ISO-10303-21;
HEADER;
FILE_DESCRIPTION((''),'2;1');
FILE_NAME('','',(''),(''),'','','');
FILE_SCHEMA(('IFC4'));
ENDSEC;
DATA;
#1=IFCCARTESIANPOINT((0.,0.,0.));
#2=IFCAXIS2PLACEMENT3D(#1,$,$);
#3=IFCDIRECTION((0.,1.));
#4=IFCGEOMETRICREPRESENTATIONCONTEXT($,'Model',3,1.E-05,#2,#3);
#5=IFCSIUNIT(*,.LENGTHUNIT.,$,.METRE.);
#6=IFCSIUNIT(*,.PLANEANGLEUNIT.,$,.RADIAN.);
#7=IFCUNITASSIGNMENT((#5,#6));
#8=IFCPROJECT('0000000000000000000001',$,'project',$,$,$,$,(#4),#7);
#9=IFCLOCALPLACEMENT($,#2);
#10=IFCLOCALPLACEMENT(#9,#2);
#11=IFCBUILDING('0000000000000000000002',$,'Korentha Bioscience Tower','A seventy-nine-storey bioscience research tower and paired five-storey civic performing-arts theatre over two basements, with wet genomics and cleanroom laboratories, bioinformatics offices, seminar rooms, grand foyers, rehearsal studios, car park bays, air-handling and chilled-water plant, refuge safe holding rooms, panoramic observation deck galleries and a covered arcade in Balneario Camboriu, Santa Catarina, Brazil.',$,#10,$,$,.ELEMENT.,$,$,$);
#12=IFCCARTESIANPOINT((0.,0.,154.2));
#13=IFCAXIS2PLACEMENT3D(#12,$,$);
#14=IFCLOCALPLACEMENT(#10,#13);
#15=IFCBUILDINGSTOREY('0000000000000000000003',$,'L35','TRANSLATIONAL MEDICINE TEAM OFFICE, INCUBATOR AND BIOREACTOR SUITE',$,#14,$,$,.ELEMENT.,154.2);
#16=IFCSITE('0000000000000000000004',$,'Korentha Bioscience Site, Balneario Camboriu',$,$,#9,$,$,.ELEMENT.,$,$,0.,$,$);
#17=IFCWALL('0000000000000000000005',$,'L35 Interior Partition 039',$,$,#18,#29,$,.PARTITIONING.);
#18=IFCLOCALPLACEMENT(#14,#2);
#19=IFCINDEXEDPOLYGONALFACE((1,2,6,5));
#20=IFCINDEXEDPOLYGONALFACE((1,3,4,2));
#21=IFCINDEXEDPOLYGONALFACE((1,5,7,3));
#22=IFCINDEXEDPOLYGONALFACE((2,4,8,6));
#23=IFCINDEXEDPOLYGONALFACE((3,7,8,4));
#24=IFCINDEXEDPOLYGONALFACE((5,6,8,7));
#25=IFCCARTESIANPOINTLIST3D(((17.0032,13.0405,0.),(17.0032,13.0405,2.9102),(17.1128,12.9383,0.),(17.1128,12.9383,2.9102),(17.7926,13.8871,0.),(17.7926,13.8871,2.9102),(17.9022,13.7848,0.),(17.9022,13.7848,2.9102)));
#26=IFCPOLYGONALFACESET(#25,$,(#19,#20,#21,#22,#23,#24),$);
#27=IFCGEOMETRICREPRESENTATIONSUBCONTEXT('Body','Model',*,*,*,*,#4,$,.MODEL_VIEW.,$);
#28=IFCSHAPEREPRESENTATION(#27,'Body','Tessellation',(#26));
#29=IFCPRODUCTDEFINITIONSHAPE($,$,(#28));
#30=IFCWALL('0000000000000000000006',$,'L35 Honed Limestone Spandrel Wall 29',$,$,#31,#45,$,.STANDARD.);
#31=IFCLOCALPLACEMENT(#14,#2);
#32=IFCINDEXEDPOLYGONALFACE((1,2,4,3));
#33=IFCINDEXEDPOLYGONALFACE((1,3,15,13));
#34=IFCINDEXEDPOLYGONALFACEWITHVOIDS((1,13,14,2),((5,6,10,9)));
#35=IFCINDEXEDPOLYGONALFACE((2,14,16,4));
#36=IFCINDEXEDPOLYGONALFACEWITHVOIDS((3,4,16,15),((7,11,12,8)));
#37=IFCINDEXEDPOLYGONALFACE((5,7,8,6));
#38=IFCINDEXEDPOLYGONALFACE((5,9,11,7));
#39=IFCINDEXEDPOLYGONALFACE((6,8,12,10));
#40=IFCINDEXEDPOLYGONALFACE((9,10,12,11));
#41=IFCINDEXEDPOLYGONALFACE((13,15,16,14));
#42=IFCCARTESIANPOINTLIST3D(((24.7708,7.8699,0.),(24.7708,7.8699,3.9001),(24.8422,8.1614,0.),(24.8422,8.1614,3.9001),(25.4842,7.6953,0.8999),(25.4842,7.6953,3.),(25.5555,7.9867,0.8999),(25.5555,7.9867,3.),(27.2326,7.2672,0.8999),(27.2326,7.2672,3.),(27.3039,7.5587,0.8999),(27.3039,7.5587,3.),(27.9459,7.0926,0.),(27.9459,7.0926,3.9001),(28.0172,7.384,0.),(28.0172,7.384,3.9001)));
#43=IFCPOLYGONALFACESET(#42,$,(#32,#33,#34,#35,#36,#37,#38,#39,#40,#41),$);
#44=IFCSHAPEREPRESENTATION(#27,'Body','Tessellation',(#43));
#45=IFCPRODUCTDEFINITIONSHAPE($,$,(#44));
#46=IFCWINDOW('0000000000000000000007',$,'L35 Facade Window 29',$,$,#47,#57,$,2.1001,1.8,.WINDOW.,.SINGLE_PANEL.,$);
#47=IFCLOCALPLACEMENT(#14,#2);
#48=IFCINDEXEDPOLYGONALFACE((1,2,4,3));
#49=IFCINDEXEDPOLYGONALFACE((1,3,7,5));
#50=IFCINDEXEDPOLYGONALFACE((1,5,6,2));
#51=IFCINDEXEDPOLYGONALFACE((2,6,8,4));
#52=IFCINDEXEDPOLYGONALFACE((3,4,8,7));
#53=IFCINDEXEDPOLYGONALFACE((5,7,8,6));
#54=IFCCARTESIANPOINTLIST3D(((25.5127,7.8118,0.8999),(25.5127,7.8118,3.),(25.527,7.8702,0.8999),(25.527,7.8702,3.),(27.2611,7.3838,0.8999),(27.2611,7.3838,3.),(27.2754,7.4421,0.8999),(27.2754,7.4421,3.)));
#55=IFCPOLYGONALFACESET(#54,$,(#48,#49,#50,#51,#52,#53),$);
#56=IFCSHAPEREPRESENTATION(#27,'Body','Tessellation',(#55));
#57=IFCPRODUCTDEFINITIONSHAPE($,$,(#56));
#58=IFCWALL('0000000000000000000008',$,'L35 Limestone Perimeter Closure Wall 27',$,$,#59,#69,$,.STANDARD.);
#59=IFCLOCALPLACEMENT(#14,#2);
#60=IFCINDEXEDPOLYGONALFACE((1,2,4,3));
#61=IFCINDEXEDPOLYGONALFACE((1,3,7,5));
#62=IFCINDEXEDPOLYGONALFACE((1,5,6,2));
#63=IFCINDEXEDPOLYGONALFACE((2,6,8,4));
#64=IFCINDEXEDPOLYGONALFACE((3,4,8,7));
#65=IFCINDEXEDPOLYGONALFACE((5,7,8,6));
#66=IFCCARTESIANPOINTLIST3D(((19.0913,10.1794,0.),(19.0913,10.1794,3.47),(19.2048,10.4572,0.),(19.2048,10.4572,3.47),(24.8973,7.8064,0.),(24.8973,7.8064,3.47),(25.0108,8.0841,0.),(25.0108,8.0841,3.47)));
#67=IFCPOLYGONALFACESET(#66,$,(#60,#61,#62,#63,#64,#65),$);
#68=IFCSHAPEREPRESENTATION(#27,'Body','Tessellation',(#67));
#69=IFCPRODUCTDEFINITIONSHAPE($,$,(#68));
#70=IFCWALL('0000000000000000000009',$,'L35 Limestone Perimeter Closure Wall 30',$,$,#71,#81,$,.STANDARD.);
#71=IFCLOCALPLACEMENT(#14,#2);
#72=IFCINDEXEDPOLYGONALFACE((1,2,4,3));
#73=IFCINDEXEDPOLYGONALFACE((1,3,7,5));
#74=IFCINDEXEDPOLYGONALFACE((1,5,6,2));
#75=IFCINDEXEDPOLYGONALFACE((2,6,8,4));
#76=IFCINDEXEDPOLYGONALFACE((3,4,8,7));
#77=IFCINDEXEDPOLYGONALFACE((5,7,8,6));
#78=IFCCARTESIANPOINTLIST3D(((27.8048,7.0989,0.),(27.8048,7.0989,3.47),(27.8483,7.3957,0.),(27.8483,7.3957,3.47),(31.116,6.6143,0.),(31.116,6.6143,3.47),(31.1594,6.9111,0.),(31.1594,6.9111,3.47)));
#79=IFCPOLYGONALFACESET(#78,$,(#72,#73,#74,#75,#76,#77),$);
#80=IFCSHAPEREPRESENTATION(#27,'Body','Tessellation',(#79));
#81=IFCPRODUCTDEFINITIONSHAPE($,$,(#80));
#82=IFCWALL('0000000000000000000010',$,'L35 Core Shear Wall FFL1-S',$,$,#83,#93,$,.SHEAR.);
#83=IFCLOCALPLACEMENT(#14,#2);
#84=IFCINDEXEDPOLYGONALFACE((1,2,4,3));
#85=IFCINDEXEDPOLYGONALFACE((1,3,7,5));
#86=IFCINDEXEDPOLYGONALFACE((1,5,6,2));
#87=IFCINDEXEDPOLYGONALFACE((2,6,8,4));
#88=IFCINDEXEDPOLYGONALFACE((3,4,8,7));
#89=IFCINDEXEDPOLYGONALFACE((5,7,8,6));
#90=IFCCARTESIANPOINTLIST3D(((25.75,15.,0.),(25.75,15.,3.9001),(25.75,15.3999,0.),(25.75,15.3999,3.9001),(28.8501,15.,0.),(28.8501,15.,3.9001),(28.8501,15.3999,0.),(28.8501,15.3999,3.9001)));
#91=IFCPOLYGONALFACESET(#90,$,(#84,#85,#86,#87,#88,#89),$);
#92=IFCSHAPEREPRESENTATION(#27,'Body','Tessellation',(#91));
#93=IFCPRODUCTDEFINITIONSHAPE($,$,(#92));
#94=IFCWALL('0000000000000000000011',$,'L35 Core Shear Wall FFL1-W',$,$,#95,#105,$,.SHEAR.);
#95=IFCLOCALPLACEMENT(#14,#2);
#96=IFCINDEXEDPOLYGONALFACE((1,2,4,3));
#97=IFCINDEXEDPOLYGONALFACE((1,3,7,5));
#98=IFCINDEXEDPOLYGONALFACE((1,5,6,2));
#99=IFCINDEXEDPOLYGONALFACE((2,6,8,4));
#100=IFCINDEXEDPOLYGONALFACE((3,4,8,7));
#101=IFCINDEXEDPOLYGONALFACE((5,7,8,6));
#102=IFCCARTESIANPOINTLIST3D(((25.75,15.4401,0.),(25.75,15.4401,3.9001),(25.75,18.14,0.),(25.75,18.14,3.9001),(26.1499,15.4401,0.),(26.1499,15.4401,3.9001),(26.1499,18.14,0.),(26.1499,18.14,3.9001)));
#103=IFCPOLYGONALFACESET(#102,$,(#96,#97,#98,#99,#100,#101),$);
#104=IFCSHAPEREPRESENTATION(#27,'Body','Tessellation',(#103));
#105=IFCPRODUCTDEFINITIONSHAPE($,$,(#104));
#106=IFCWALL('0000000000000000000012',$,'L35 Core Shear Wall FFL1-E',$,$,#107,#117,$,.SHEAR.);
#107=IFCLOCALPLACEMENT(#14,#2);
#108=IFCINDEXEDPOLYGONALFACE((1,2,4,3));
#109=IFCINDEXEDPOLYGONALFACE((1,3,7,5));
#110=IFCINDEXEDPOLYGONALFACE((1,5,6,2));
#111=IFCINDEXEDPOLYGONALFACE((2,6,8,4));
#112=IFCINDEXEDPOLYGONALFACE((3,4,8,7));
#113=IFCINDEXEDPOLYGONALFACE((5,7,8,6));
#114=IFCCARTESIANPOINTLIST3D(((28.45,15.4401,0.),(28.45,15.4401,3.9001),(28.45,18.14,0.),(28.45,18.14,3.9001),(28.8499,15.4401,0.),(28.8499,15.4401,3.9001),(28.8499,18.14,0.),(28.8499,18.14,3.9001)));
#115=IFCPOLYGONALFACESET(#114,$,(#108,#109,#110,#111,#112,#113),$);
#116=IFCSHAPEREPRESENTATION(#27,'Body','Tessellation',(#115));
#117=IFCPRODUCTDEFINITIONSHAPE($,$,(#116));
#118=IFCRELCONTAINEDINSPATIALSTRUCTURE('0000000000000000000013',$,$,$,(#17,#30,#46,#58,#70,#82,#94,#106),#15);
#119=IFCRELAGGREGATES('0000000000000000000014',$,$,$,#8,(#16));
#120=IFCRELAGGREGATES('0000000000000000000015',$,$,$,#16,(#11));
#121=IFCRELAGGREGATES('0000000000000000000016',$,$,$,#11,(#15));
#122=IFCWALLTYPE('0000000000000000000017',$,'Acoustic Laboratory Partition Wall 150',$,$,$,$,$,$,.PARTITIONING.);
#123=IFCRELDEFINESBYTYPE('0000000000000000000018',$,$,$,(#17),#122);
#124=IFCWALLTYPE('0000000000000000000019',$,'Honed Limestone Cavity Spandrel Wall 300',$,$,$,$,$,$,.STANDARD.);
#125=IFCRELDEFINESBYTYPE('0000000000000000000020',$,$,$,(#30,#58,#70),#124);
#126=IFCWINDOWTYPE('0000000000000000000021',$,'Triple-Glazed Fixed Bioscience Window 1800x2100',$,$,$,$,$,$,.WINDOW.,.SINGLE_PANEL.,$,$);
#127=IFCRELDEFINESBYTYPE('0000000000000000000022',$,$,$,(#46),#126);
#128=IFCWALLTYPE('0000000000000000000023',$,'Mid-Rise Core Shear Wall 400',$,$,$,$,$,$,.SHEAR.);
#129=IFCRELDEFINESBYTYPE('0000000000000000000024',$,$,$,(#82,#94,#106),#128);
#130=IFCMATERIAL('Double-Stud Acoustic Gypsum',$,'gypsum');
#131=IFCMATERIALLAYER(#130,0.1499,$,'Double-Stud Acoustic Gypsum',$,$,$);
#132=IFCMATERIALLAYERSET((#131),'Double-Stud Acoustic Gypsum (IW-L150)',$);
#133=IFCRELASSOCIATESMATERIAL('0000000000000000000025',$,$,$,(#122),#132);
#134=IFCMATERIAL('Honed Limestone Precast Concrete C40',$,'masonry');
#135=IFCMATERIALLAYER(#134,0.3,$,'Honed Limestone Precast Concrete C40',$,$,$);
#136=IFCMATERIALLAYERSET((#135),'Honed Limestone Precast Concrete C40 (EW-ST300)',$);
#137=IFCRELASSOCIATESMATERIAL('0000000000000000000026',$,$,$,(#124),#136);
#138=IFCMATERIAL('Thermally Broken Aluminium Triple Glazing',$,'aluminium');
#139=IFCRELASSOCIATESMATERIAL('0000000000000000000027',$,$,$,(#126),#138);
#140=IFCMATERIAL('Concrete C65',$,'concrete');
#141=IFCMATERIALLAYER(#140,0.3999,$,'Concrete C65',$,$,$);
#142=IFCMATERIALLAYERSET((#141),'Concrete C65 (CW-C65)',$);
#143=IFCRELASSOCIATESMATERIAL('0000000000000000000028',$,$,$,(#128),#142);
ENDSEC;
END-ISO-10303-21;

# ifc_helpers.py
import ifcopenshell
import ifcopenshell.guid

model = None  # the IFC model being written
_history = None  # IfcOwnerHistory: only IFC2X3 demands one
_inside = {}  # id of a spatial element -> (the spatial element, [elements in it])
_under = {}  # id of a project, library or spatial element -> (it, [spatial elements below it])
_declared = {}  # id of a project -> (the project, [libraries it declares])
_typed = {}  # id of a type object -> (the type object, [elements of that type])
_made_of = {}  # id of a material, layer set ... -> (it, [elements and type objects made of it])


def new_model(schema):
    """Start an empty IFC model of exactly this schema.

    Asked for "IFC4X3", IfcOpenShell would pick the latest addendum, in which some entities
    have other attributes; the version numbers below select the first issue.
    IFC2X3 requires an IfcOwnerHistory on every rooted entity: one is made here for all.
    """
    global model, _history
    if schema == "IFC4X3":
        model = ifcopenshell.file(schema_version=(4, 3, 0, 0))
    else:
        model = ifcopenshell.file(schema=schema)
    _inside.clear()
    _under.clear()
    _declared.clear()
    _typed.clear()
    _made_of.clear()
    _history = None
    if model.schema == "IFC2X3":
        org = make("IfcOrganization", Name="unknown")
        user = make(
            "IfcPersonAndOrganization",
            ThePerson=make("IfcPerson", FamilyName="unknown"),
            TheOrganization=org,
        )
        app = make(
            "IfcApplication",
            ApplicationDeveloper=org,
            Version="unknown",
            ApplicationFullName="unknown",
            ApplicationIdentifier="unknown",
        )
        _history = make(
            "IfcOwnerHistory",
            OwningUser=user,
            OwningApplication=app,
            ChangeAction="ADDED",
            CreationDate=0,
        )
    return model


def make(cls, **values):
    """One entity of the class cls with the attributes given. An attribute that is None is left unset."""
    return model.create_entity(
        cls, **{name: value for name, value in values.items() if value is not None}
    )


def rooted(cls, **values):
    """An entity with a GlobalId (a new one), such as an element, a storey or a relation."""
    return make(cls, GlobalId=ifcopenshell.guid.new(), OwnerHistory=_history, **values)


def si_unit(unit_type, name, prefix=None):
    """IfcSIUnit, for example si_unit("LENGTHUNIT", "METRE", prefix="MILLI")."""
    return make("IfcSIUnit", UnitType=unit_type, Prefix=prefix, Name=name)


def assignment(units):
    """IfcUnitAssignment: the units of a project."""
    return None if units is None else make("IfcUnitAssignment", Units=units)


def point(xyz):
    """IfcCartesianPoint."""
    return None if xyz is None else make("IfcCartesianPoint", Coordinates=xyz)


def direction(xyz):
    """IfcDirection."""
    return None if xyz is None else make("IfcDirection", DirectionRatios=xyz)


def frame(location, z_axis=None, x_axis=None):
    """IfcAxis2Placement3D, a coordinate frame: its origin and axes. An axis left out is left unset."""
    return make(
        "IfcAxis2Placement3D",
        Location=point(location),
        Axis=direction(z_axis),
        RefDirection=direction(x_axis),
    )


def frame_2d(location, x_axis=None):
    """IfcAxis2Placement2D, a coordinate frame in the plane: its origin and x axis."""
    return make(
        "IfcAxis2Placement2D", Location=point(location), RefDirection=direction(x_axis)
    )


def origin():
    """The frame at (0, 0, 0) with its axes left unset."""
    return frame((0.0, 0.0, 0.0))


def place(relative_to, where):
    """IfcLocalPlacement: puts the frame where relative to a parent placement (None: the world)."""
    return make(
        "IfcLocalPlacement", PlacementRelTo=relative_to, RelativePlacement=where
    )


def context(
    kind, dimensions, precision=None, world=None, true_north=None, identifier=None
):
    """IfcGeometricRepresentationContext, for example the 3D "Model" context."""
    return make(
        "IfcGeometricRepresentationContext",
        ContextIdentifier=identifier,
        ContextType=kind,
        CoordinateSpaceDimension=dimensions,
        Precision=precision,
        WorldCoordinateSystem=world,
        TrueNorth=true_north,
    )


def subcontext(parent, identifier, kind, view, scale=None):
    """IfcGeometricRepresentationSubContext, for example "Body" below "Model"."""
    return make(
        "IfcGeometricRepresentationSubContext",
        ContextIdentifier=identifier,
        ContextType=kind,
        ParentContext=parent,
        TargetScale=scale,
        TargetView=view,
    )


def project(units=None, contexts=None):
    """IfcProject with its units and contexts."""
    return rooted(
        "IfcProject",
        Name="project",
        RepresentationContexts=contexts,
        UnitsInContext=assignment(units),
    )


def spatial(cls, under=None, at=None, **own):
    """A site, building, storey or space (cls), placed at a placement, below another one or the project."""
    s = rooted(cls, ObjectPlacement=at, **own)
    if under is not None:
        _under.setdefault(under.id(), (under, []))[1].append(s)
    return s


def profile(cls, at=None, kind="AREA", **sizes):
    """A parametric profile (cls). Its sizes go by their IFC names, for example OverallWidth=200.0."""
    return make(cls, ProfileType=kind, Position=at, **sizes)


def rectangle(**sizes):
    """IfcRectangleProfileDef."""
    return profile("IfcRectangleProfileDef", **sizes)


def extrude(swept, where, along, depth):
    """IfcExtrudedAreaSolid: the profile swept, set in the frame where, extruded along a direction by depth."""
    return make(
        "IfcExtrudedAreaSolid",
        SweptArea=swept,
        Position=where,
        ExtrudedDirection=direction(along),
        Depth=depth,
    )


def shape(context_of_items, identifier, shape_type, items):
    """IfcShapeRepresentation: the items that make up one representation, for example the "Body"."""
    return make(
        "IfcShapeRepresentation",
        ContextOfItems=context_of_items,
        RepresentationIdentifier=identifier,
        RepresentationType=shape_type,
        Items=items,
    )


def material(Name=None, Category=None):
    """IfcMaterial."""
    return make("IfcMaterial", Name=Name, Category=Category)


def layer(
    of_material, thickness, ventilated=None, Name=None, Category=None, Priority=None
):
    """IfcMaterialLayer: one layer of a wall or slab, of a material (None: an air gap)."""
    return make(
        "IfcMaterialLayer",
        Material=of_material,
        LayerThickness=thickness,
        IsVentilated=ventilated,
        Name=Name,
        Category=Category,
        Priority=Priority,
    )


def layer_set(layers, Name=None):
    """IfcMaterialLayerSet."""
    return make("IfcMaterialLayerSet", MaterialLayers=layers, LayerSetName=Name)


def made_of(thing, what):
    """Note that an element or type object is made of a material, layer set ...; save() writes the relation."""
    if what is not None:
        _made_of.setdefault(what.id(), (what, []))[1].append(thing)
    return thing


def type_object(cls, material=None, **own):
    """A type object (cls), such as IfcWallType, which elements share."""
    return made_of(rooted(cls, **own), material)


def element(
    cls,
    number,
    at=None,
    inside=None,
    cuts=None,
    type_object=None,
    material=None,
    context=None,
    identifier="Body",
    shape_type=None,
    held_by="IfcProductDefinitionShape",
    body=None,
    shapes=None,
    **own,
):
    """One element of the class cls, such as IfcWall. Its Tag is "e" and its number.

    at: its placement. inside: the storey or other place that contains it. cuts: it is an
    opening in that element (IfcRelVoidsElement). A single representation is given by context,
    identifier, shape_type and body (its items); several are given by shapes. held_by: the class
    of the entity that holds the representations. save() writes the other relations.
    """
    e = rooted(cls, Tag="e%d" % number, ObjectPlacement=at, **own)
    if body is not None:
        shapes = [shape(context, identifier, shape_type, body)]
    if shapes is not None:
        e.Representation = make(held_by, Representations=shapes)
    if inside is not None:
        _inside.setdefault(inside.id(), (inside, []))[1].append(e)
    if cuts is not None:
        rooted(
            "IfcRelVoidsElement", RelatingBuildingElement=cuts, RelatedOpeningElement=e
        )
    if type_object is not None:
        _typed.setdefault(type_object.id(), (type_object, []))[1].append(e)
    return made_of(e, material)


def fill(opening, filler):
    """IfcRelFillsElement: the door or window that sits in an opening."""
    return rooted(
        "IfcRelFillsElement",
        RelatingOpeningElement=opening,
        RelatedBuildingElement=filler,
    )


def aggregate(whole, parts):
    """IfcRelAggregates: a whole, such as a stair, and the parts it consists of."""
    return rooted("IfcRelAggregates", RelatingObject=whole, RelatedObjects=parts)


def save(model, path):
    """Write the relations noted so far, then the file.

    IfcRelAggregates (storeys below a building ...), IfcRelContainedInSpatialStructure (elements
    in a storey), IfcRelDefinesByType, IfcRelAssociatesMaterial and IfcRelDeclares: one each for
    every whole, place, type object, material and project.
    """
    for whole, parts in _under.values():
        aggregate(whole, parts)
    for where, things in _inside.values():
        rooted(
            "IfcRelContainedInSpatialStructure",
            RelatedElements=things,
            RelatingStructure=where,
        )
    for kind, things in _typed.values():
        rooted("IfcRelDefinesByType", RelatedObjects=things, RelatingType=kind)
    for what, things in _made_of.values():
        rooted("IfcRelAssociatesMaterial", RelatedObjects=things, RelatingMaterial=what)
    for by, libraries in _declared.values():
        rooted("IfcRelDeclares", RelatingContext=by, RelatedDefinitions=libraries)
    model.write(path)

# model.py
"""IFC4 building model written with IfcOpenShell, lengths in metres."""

from ifc_helpers import new_model, si_unit, direction, frame, frame_2d, origin, place, context, subcontext, project, spatial, rectangle, extrude, material, layer, layer_set, type_object, element, fill, save


model = new_model("IFC4")

# Units and contexts
model_context = context("Model", 3, precision=1e-05, world=origin(), true_north=direction((0.0, 1.0)))
body_context = subcontext(model_context, "Body", "Model", "MODEL_VIEW")
ifc_project = project(units=[si_unit("LENGTHUNIT", "METRE"), si_unit("PLANEANGLEUNIT", "RADIAN")], contexts=[model_context])

# Site, building, storey
site_placement = place(None, origin())
site = spatial("IfcSite", under=ifc_project, at=site_placement, Name="Korentha Bioscience Site, Balneario Camboriu", CompositionType="ELEMENT", RefElevation=0.0)
building_placement = place(site_placement, origin())
building = spatial("IfcBuilding", under=site, at=building_placement, Name="Korentha Bioscience Tower", Description="A seventy-nine-storey bioscience research tower and paired five-storey civic performing-arts theatre over two basements, with wet genomics and cleanroom laboratories, bioinformatics offices, seminar rooms, grand foyers, rehearsal studios, car park bays, air-handling and chilled-water plant, refuge safe holding rooms, panoramic observation deck galleries and a covered arcade in Balneario Camboriu, Santa Catarina, Brazil.", CompositionType="ELEMENT")
storey_placement = place(building_placement, frame((0.0, 0.0, 154.2)))
storey = spatial("IfcBuildingStorey", under=building, at=storey_placement, Name="L35", Description="TRANSLATIONAL MEDICINE TEAM OFFICE, INCUBATOR AND BIOREACTOR SUITE", CompositionType="ELEMENT", Elevation=154.2)

# Shared definitions
ifc_material_1 = material(Name="Concrete C65", Category="concrete")

# Shared definitions
ifc_material_2 = material(Name="Double-Stud Acoustic Gypsum", Category="gypsum")
ifc_layer_1 = layer(ifc_material_2, 0.1499, Name="Double-Stud Acoustic Gypsum")
ifc_layer_set_1 = layer_set([ifc_layer_1], Name="Double-Stud Acoustic Gypsum (IW-L150)")
wall_type_1 = type_object("IfcWallType", Name="Acoustic Laboratory Partition Wall 150", PredefinedType="PARTITIONING", material=ifc_layer_set_1)

# Wall
wall_1_placement = place(storey_placement, frame((17.0581, 12.9895, 0.0), z_axis=(0.0, 0.0, 1.0), x_axis=(0.681995, 0.731357, 0.0)))
element("IfcWall", 1, at=wall_1_placement, inside=storey, type_object=wall_type_1, Name="L35 Interior Partition 039", PredefinedType="PARTITIONING", context=body_context, shape_type="SweptSolid", body=[
    extrude(rectangle(XDim=1.1575, YDim=0.1499, at=frame_2d((0.5786, 0.0))), origin(), (0.0, 0.0, 1.0), 2.9102),
])

# Wall, opening, window
ifc_material_3 = material(Name="Honed Limestone Precast Concrete C40", Category="masonry")
ifc_layer_2 = layer(ifc_material_3, 0.3, Name="Honed Limestone Precast Concrete C40")
ifc_layer_set_2 = layer_set([ifc_layer_2], Name="Honed Limestone Precast Concrete C40 (EW-ST300)")
wall_type_2 = type_object("IfcWallType", Name="Honed Limestone Cavity Spandrel Wall 300", PredefinedType="STANDARD", material=ifc_layer_set_2)
wall_2_placement = place(storey_placement, frame((24.8066, 8.0156, 0.0), z_axis=(0.0, 0.0, 1.0), x_axis=(0.971313, -0.237805, 0.0)))
wall_2 = element("IfcWall", 2, at=wall_2_placement, inside=storey, type_object=wall_type_2, Name="L35 Honed Limestone Spandrel Wall 29", PredefinedType="STANDARD", context=body_context, shape_type="SweptSolid", body=[
    extrude(rectangle(XDim=3.2688, YDim=0.3, at=frame_2d((1.6343, 0.0))), origin(), (0.0, 0.0, 1.0), 3.9001),
])
opening_1_placement = place(wall_2_placement, frame((0.7344, 0.0, 0.8999)))
opening_1 = element("IfcOpeningElement", 3, at=opening_1_placement, cuts=wall_2, PredefinedType="OPENING", context=body_context, shape_type="SweptSolid", body=[
    extrude(rectangle(XDim=1.8, YDim=2.1001, at=frame_2d((0.8999, 1.05))), frame((0.0, 0.165, 0.0), z_axis=(0.0, -1.0, 0.0), x_axis=(1.0, 0.0, 0.0)), (0.0, 0.0, 1.0), 0.3298),
])
ifc_material_4 = material(Name="Thermally Broken Aluminium Triple Glazing", Category="aluminium")
window_type = type_object("IfcWindowType", Name="Triple-Glazed Fixed Bioscience Window 1800x2100", PartitioningType="SINGLE_PANEL", PredefinedType="WINDOW", material=ifc_material_4)
window_placement = place(opening_1_placement, origin())
window = element("IfcWindow", 4, at=window_placement, inside=storey, type_object=window_type, Name="L35 Facade Window 29", OverallHeight=2.1001, OverallWidth=1.8, PartitioningType="SINGLE_PANEL", PredefinedType="WINDOW", context=body_context, shape_type="SweptSolid", body=[
    extrude(rectangle(XDim=1.8, YDim=2.1001, at=frame_2d((0.8999, 1.05))), frame((0.0, 0.03, 0.0), z_axis=(0.0, -1.0, 0.0), x_axis=(1.0, 0.0, 0.0)), (0.0, 0.0, 1.0), 0.0601),
])
fill(opening_1, window)

# Walls
wall_3_placement = place(storey_placement, frame((19.1479, 10.3184, 0.0), z_axis=(0.0, 0.0, 1.0), x_axis=(0.925664, -0.378346, 0.0)))
element("IfcWall", 5, at=wall_3_placement, inside=storey, type_object=wall_type_2, Name="L35 Limestone Perimeter Closure Wall 27", PredefinedType="STANDARD", context=body_context, shape_type="SweptSolid", body=[
    extrude(rectangle(XDim=6.2722, YDim=0.3, at=frame_2d((3.1362, 0.0))), origin(), (0.0, 0.0, 1.0), 3.47),
])
wall_4_placement = place(storey_placement, frame((27.8264, 7.2473, 0.0), z_axis=(0.0, 0.0, 1.0), x_axis=(0.989459, -0.144811, 0.0)))
element("IfcWall", 6, at=wall_4_placement, inside=storey, type_object=wall_type_2, Name="L35 Limestone Perimeter Closure Wall 30", PredefinedType="STANDARD", context=body_context, shape_type="SweptSolid", body=[
    extrude(rectangle(XDim=3.3464, YDim=0.3, at=frame_2d((1.6733, 0.0))), origin(), (0.0, 0.0, 1.0), 3.47),
])
ifc_layer_3 = layer(ifc_material_1, 0.3999, Name="Concrete C65")
ifc_layer_set_3 = layer_set([ifc_layer_3], Name="Concrete C65 (CW-C65)")
wall_type_3 = type_object("IfcWallType", Name="Mid-Rise Core Shear Wall 400", PredefinedType="SHEAR", material=ifc_layer_set_3)
wall_5_placement = place(storey_placement, frame((25.75, 15.2, 0.0), z_axis=(0.0, 0.0, 1.0), x_axis=(1.0, 0.0, 0.0)))
element("IfcWall", 7, at=wall_5_placement, inside=storey, type_object=wall_type_3, Name="L35 Core Shear Wall FFL1-S", PredefinedType="SHEAR", context=body_context, shape_type="SweptSolid", body=[
    extrude(rectangle(XDim=3.1001, YDim=0.3999, at=frame_2d((1.55, 0.0))), origin(), (0.0, 0.0, 1.0), 3.9001),
])
for number, where, z_axis, x_axis, name in (
    (8, (25.95, 15.4399, 0.0), (0.0, 0.0, 1.0), (0.0, 1.0, 0.0), "L35 Core Shear Wall FFL1-W"),
    (9, (28.6499, 15.4399, 0.0), (0.0, 0.0, 1.0), (0.0, 1.0, 0.0), "L35 Core Shear Wall FFL1-E"),
):
    element("IfcWall", number, at=place(storey_placement, frame(where, z_axis=z_axis, x_axis=x_axis)), inside=storey, type_object=wall_type_3, Name=name, PredefinedType="SHEAR", context=body_context, shape_type="SweptSolid", body=[
        extrude(rectangle(XDim=2.7, YDim=0.3999, at=frame_2d((1.3501, 0.0))), origin(), (0.0, 0.0, 1.0), 3.9001),
    ])

save(model, "model.ifc")
